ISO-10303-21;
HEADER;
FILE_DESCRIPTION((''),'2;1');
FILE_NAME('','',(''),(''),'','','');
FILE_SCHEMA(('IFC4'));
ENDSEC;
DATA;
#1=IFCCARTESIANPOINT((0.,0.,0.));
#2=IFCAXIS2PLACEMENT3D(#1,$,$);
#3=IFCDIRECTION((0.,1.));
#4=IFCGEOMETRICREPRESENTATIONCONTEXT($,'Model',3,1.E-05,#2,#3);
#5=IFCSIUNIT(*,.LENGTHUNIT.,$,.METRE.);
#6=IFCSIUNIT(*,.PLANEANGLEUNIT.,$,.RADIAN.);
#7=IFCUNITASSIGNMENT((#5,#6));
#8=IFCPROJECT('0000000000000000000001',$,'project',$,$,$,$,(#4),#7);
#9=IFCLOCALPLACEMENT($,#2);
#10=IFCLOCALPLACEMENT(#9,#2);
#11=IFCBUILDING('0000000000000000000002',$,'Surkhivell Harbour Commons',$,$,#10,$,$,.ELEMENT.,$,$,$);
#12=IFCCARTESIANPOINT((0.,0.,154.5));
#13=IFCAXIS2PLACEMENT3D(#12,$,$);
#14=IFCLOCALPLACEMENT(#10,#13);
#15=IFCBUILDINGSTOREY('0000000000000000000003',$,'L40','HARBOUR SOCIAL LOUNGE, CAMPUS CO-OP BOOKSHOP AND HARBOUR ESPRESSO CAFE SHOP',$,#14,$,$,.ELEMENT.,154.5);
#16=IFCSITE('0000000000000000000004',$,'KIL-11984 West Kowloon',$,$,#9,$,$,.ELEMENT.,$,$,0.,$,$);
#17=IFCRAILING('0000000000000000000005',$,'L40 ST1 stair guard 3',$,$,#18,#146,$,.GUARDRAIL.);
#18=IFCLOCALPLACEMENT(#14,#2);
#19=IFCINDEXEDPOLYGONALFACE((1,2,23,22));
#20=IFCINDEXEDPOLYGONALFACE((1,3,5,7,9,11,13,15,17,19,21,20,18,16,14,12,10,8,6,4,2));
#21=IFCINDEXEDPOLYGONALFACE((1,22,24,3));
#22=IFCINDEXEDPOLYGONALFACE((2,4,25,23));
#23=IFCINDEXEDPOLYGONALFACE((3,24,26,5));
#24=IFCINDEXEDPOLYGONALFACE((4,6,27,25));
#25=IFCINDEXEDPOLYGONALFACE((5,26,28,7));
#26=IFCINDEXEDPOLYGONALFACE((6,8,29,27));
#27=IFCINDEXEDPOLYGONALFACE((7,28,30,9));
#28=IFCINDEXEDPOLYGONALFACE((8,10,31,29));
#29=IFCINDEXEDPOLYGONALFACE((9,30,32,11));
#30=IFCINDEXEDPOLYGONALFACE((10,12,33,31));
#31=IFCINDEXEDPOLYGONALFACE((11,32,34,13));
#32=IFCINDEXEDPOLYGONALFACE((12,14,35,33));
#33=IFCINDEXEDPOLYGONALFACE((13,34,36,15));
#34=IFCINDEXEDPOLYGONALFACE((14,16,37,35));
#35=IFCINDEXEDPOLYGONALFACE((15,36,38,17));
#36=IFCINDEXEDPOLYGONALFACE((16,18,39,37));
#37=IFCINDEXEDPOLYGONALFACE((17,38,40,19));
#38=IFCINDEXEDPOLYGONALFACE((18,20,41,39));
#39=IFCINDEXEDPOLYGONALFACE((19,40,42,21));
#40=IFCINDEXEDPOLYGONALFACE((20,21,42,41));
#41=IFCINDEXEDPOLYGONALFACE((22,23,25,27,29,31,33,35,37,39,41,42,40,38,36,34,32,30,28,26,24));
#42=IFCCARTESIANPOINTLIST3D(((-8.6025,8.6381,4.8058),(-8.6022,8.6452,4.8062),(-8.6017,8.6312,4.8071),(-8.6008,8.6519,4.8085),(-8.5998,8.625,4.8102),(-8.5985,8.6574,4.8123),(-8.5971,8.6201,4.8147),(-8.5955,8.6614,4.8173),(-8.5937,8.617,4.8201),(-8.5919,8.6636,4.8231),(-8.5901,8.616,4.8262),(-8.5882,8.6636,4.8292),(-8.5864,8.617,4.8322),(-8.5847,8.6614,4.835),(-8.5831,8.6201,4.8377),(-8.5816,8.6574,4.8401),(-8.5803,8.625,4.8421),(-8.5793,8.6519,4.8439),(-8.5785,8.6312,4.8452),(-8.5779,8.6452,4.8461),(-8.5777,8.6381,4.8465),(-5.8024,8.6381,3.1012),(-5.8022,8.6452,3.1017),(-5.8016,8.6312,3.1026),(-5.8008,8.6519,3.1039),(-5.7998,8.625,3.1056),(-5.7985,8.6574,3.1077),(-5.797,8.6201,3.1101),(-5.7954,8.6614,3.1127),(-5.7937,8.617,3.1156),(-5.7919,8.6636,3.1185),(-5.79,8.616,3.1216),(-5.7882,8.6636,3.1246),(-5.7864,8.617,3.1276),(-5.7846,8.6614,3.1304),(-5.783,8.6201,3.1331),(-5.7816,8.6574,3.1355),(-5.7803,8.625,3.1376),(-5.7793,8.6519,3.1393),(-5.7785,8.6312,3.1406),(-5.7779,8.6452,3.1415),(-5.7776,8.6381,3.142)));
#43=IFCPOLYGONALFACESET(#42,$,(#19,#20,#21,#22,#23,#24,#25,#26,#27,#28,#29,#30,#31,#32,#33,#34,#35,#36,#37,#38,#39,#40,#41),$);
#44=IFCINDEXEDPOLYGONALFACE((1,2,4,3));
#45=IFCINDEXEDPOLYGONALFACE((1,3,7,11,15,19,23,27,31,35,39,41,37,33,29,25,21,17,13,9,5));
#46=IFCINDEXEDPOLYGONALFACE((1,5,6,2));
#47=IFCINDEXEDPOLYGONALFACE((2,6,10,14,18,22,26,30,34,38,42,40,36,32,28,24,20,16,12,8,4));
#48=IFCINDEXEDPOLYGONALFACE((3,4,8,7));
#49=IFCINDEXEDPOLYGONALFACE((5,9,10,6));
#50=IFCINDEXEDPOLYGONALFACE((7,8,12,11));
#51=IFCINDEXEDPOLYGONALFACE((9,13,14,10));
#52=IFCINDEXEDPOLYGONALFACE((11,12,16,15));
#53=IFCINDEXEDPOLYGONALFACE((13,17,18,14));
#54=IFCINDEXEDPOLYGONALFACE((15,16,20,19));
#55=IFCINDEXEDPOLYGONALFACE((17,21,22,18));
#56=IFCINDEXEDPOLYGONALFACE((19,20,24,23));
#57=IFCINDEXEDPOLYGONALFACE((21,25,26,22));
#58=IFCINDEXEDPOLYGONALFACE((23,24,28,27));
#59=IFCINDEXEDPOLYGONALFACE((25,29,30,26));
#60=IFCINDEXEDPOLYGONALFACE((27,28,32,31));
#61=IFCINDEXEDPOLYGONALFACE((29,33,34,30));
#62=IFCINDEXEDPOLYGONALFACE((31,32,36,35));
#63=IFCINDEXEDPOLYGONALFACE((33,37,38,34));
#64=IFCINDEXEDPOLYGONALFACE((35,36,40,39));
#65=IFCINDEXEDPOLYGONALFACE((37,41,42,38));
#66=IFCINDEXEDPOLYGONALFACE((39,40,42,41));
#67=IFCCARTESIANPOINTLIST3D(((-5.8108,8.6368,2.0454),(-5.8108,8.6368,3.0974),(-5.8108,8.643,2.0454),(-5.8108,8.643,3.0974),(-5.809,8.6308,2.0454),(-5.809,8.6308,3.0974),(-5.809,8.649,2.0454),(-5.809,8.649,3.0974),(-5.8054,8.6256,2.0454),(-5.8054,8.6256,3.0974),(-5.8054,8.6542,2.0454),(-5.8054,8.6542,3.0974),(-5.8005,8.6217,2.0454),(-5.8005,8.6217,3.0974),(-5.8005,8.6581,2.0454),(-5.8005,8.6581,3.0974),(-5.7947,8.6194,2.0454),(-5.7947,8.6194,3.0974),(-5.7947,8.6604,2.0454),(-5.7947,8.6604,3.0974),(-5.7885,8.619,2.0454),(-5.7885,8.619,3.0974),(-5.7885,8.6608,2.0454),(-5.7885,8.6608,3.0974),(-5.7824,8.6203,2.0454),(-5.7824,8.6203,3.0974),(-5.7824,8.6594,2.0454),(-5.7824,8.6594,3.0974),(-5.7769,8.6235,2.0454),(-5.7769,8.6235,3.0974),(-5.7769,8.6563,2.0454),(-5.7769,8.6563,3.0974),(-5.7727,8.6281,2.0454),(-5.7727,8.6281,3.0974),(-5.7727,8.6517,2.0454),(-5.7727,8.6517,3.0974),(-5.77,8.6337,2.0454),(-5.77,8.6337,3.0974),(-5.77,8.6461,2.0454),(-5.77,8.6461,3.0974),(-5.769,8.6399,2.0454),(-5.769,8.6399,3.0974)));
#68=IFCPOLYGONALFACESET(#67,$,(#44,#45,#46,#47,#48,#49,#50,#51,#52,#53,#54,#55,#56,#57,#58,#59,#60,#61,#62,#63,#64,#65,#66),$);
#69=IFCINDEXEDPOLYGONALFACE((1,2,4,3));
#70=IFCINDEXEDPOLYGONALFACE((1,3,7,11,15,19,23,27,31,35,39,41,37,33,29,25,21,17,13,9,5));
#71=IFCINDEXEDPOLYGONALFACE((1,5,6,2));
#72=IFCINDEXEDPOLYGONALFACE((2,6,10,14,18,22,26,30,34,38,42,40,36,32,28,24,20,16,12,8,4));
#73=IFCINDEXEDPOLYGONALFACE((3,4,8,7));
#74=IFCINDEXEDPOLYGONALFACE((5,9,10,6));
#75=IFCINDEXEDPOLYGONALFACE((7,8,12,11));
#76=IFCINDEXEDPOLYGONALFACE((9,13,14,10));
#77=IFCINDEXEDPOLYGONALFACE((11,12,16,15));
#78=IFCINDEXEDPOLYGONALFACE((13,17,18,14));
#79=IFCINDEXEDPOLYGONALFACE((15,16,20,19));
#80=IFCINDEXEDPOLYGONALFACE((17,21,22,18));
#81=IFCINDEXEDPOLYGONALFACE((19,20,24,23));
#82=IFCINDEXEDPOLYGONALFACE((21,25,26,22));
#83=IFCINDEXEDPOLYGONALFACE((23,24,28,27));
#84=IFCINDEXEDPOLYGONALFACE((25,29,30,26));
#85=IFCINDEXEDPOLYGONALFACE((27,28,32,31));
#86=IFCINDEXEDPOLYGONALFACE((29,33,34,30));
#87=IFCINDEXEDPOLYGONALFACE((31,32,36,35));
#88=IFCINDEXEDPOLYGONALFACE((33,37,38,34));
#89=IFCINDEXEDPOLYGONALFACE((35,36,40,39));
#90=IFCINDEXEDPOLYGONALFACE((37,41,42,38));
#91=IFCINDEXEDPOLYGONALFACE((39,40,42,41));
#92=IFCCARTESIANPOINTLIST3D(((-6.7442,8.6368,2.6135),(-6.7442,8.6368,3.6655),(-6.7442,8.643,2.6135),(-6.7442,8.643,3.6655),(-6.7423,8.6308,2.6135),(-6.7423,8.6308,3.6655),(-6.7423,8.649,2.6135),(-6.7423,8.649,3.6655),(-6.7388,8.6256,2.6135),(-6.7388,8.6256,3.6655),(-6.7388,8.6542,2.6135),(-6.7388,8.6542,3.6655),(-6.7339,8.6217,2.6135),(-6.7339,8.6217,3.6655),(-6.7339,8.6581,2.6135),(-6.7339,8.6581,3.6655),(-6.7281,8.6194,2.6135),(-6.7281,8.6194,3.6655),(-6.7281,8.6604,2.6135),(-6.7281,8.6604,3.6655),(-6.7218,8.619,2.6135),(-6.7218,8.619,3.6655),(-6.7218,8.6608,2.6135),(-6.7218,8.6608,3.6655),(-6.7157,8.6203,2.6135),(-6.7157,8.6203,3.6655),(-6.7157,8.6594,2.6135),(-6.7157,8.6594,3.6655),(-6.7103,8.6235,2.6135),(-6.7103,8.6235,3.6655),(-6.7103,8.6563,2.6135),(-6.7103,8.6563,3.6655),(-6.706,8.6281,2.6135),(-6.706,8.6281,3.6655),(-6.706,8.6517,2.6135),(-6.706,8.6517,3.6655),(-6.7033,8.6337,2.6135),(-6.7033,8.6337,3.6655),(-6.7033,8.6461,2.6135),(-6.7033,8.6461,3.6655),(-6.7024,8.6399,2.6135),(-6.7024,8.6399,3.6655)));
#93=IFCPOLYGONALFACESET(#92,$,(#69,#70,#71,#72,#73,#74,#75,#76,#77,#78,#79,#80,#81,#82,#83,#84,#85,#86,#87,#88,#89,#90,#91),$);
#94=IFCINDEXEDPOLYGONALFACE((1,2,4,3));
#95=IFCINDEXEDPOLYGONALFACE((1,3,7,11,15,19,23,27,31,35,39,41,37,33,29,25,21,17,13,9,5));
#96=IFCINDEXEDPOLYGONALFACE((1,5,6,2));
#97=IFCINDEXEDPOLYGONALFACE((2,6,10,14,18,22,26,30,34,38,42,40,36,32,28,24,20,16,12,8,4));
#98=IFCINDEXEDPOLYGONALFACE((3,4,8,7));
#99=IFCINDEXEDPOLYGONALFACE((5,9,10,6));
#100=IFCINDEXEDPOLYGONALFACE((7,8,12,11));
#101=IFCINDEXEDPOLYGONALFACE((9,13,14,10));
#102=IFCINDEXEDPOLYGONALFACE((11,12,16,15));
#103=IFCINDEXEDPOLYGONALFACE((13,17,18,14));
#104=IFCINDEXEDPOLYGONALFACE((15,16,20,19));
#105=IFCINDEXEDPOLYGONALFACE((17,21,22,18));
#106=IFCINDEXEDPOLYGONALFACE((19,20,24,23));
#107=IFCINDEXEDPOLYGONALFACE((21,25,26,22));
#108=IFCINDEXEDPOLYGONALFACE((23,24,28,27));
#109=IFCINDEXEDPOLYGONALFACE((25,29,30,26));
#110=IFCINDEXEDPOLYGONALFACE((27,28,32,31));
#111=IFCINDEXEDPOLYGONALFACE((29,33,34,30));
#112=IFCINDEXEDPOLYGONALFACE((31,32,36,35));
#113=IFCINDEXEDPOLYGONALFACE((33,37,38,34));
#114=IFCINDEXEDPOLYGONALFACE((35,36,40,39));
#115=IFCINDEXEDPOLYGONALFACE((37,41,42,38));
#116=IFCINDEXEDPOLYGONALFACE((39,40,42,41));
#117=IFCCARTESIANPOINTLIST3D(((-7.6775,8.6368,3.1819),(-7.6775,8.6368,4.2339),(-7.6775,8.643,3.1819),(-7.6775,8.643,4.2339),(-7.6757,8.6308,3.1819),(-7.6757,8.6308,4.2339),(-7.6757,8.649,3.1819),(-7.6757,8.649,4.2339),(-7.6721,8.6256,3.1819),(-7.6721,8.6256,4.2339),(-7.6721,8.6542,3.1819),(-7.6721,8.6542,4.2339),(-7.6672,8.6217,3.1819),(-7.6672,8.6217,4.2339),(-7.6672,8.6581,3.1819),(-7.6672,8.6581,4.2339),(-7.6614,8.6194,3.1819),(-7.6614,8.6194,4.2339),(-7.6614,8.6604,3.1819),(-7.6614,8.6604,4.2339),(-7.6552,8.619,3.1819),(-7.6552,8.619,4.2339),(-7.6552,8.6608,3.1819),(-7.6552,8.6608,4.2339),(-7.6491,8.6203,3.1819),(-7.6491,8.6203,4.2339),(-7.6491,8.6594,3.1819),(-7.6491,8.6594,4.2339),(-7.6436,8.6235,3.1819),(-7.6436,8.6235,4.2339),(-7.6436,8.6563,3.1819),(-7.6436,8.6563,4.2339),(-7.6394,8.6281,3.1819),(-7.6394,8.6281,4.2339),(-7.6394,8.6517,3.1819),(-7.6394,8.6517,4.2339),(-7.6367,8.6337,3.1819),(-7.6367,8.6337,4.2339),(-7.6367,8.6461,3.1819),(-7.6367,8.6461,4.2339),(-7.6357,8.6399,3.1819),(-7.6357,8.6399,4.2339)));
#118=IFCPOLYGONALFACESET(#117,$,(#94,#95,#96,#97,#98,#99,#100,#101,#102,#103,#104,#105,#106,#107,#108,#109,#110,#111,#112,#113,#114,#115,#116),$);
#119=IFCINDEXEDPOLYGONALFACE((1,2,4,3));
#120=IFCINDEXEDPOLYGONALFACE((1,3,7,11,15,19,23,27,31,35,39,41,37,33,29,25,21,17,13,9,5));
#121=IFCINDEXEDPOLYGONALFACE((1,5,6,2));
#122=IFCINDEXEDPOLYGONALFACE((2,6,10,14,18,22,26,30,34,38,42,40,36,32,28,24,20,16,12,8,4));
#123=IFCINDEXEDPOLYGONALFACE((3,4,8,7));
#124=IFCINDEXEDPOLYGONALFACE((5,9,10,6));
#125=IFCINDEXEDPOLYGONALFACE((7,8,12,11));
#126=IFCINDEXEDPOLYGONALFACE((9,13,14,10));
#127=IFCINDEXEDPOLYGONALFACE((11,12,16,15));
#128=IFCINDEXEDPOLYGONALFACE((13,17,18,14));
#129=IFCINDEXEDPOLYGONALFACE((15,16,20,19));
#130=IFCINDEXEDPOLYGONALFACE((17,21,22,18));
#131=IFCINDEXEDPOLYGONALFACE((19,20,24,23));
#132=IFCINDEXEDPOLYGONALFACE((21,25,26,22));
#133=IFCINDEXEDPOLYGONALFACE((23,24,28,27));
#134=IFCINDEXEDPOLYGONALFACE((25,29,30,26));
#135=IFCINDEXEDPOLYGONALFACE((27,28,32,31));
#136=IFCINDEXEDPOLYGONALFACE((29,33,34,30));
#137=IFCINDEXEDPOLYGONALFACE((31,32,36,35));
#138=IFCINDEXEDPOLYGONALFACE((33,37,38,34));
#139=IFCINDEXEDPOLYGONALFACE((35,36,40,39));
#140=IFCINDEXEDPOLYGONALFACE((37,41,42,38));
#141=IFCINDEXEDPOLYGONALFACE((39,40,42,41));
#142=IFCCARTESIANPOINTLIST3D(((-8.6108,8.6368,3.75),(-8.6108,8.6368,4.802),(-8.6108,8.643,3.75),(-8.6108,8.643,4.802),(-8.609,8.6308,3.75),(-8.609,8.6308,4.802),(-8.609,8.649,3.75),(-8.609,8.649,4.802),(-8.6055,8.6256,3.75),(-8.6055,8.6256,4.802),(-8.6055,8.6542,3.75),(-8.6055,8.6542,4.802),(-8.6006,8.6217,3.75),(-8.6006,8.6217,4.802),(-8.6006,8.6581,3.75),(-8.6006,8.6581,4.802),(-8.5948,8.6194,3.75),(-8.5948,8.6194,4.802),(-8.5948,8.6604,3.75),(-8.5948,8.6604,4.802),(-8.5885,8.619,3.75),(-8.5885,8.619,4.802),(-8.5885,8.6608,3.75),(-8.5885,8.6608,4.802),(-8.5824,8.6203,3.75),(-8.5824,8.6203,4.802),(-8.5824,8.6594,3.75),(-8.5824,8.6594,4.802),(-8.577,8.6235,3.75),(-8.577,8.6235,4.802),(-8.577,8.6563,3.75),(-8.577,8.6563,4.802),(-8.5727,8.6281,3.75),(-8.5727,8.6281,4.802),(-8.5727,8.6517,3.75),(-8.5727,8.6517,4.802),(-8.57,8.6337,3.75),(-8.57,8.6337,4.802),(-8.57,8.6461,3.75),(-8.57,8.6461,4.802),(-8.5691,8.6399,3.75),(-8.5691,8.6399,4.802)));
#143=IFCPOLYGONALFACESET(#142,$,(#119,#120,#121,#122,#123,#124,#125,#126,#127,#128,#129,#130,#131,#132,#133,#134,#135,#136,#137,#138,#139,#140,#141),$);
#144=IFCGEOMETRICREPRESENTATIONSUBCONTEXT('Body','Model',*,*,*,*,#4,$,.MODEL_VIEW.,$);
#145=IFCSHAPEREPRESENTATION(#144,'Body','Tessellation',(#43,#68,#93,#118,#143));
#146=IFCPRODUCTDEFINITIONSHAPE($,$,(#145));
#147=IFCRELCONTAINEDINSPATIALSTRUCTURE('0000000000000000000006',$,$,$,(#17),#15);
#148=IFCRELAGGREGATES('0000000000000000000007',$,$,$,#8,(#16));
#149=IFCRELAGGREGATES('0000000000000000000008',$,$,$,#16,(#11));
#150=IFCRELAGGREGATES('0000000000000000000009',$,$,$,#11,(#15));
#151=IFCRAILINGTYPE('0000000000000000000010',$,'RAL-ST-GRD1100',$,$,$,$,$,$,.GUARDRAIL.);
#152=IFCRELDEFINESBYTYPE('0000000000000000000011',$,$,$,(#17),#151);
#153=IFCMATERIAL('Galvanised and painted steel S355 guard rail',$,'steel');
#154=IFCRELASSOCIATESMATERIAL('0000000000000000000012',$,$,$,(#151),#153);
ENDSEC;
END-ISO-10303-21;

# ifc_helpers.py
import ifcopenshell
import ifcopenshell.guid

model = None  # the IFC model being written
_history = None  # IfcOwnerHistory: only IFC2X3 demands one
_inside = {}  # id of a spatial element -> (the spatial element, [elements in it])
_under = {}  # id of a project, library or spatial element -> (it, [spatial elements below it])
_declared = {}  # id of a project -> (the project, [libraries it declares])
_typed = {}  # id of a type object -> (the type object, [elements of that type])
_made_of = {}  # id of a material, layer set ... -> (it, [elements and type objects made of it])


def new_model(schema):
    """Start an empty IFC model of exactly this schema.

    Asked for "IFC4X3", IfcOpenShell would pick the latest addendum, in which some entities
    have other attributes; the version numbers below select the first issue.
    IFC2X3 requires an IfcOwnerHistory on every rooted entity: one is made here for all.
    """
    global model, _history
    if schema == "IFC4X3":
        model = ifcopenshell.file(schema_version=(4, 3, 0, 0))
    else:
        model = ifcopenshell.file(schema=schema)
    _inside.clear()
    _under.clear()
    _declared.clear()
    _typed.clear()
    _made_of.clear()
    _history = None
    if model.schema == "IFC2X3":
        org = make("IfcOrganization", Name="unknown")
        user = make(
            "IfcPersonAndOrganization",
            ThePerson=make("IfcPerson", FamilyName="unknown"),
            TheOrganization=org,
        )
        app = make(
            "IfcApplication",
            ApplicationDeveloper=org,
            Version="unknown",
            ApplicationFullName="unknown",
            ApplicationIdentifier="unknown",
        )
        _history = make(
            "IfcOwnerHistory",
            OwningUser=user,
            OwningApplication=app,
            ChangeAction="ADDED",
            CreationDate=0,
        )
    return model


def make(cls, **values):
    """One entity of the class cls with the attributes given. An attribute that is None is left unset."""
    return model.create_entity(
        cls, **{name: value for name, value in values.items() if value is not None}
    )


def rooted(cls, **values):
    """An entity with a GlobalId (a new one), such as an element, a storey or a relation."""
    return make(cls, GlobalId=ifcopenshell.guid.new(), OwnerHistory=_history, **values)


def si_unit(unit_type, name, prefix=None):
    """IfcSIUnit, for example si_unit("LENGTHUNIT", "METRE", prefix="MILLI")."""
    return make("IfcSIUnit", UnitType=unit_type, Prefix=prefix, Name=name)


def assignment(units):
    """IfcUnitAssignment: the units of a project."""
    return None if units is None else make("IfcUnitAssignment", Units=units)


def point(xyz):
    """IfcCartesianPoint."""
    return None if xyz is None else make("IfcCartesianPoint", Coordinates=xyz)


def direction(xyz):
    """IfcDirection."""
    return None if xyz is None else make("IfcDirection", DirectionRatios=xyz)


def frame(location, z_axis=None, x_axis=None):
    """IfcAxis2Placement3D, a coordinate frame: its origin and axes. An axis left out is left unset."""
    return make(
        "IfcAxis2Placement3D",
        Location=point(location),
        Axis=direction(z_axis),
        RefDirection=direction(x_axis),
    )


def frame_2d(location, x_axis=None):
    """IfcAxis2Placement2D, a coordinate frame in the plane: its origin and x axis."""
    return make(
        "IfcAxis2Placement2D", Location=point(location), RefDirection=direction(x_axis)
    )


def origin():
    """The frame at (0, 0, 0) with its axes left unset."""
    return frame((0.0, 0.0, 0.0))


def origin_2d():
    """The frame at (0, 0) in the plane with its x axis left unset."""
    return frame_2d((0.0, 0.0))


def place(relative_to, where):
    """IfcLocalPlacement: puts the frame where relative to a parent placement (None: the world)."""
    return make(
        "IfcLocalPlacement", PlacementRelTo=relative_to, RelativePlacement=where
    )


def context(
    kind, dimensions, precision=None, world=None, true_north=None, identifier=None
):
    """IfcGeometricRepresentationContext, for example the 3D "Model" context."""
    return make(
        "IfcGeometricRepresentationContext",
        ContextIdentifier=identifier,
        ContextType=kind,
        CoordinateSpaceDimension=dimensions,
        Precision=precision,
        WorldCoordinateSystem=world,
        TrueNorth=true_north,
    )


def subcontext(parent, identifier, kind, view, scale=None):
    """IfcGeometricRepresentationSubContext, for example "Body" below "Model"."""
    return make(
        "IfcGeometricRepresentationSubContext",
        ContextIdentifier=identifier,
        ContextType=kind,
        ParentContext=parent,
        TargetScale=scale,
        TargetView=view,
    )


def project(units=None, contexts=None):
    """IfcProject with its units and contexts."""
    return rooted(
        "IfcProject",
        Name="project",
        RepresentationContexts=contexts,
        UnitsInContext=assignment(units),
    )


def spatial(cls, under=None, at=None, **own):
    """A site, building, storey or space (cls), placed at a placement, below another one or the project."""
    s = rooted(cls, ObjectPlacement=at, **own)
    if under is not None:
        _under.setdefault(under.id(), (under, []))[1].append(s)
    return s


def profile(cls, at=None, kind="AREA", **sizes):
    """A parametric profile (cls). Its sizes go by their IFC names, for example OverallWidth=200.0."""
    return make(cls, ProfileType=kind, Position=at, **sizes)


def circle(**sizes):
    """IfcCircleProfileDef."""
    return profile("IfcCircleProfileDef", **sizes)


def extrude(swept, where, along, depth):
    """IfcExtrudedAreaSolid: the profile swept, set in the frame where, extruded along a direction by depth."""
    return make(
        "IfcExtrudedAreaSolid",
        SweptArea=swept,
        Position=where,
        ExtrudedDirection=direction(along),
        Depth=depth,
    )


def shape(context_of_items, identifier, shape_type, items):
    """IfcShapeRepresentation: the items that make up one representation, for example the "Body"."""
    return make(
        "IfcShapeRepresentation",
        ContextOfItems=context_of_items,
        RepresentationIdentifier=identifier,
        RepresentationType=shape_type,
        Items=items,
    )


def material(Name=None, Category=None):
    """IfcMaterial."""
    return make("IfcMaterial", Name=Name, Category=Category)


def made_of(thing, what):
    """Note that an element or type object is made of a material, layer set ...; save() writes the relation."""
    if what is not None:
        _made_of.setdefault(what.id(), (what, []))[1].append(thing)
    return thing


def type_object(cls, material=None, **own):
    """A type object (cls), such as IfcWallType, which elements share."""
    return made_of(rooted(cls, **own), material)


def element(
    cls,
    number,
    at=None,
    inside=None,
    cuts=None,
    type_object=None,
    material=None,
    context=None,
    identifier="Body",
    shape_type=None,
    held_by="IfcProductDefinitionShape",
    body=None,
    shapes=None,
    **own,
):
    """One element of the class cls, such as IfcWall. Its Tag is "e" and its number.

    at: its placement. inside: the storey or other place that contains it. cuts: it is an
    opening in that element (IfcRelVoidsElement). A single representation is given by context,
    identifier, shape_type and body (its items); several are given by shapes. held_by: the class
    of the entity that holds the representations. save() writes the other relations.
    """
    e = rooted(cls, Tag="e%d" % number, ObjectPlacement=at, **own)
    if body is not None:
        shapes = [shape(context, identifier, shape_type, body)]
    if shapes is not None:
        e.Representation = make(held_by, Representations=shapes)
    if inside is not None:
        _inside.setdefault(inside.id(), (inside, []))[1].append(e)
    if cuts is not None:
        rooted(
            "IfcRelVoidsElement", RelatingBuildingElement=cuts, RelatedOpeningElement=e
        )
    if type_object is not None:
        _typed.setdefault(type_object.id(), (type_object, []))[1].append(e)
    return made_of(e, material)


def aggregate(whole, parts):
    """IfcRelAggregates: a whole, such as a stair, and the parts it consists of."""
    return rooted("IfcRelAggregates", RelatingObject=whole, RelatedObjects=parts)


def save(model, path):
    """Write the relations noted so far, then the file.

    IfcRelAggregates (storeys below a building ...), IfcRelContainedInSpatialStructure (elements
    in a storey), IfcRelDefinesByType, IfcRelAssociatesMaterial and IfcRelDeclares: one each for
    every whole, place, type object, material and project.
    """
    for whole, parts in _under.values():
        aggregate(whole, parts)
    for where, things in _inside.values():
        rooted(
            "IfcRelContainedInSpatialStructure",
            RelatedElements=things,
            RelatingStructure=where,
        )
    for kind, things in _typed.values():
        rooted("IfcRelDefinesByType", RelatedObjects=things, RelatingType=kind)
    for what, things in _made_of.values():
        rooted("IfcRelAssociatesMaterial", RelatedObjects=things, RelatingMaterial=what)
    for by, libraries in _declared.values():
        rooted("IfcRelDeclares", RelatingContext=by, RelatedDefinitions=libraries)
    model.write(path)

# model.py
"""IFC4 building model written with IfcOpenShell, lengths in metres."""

from ifc_helpers import new_model, si_unit, direction, frame, origin, origin_2d, place, context, subcontext, project, spatial, circle, extrude, material, type_object, element, save


model = new_model("IFC4")

# Units and contexts
model_context = context("Model", 3, precision=1e-05, world=origin(), true_north=direction((0.0, 1.0)))
body_context = subcontext(model_context, "Body", "Model", "MODEL_VIEW")
ifc_project = project(units=[si_unit("LENGTHUNIT", "METRE"), si_unit("PLANEANGLEUNIT", "RADIAN")], contexts=[model_context])

# Site, building, storey
site_placement = place(None, origin())
site = spatial("IfcSite", under=ifc_project, at=site_placement, Name="KIL-11984 West Kowloon", CompositionType="ELEMENT", RefElevation=0.0)
building_placement = place(site_placement, origin())
building = spatial("IfcBuilding", under=site, at=building_placement, Name="Surkhivell Harbour Commons", CompositionType="ELEMENT")
storey_placement = place(building_placement, frame((0.0, 0.0, 154.5)))
storey = spatial("IfcBuildingStorey", under=building, at=storey_placement, Name="L40", Description="HARBOUR SOCIAL LOUNGE, CAMPUS CO-OP BOOKSHOP AND HARBOUR ESPRESSO CAFE SHOP", CompositionType="ELEMENT", Elevation=154.5)

# Railing
ifc_material_1 = material(Name="Galvanised and painted steel S355 guard rail", Category="steel")
railing_type_1 = type_object("IfcRailingType", Name="RAL-ST-GRD1100", PredefinedType="GUARDRAIL", material=ifc_material_1)
railing_1_placement = place(storey_placement, frame((-5.79, 8.6399, 2.0454)))
element("IfcRailing", 1, at=railing_1_placement, inside=storey, type_object=railing_type_1, Name="L40 ST1 stair guard 3", PredefinedType="GUARDRAIL", context=body_context, shape_type="SweptSolid", body=[
    extrude(circle(Radius=0.0239, at=origin_2d()), frame((0.0, 0.0, 1.0762), z_axis=(-0.85417, 0.0, 0.519994), x_axis=(0.0, -1.0, 0.0)), (0.0, 0.0, 1.0), 3.2781),
    extrude(circle(Radius=0.021, at=origin_2d()), origin(), (0.0, 0.0, 1.0), 1.052),
    extrude(circle(Radius=0.021, at=origin_2d()), frame((-0.9333, 0.0, 0.5681)), (0.0, 0.0, 1.0), 1.052),
    extrude(circle(Radius=0.021, at=origin_2d()), frame((-1.8667, 0.0, 1.1365)), (0.0, 0.0, 1.0), 1.052),
    extrude(circle(Radius=0.021, at=origin_2d()), frame((-2.8, 0.0, 1.7046)), (0.0, 0.0, 1.0), 1.052),
])

save(model, "model.ifc")
